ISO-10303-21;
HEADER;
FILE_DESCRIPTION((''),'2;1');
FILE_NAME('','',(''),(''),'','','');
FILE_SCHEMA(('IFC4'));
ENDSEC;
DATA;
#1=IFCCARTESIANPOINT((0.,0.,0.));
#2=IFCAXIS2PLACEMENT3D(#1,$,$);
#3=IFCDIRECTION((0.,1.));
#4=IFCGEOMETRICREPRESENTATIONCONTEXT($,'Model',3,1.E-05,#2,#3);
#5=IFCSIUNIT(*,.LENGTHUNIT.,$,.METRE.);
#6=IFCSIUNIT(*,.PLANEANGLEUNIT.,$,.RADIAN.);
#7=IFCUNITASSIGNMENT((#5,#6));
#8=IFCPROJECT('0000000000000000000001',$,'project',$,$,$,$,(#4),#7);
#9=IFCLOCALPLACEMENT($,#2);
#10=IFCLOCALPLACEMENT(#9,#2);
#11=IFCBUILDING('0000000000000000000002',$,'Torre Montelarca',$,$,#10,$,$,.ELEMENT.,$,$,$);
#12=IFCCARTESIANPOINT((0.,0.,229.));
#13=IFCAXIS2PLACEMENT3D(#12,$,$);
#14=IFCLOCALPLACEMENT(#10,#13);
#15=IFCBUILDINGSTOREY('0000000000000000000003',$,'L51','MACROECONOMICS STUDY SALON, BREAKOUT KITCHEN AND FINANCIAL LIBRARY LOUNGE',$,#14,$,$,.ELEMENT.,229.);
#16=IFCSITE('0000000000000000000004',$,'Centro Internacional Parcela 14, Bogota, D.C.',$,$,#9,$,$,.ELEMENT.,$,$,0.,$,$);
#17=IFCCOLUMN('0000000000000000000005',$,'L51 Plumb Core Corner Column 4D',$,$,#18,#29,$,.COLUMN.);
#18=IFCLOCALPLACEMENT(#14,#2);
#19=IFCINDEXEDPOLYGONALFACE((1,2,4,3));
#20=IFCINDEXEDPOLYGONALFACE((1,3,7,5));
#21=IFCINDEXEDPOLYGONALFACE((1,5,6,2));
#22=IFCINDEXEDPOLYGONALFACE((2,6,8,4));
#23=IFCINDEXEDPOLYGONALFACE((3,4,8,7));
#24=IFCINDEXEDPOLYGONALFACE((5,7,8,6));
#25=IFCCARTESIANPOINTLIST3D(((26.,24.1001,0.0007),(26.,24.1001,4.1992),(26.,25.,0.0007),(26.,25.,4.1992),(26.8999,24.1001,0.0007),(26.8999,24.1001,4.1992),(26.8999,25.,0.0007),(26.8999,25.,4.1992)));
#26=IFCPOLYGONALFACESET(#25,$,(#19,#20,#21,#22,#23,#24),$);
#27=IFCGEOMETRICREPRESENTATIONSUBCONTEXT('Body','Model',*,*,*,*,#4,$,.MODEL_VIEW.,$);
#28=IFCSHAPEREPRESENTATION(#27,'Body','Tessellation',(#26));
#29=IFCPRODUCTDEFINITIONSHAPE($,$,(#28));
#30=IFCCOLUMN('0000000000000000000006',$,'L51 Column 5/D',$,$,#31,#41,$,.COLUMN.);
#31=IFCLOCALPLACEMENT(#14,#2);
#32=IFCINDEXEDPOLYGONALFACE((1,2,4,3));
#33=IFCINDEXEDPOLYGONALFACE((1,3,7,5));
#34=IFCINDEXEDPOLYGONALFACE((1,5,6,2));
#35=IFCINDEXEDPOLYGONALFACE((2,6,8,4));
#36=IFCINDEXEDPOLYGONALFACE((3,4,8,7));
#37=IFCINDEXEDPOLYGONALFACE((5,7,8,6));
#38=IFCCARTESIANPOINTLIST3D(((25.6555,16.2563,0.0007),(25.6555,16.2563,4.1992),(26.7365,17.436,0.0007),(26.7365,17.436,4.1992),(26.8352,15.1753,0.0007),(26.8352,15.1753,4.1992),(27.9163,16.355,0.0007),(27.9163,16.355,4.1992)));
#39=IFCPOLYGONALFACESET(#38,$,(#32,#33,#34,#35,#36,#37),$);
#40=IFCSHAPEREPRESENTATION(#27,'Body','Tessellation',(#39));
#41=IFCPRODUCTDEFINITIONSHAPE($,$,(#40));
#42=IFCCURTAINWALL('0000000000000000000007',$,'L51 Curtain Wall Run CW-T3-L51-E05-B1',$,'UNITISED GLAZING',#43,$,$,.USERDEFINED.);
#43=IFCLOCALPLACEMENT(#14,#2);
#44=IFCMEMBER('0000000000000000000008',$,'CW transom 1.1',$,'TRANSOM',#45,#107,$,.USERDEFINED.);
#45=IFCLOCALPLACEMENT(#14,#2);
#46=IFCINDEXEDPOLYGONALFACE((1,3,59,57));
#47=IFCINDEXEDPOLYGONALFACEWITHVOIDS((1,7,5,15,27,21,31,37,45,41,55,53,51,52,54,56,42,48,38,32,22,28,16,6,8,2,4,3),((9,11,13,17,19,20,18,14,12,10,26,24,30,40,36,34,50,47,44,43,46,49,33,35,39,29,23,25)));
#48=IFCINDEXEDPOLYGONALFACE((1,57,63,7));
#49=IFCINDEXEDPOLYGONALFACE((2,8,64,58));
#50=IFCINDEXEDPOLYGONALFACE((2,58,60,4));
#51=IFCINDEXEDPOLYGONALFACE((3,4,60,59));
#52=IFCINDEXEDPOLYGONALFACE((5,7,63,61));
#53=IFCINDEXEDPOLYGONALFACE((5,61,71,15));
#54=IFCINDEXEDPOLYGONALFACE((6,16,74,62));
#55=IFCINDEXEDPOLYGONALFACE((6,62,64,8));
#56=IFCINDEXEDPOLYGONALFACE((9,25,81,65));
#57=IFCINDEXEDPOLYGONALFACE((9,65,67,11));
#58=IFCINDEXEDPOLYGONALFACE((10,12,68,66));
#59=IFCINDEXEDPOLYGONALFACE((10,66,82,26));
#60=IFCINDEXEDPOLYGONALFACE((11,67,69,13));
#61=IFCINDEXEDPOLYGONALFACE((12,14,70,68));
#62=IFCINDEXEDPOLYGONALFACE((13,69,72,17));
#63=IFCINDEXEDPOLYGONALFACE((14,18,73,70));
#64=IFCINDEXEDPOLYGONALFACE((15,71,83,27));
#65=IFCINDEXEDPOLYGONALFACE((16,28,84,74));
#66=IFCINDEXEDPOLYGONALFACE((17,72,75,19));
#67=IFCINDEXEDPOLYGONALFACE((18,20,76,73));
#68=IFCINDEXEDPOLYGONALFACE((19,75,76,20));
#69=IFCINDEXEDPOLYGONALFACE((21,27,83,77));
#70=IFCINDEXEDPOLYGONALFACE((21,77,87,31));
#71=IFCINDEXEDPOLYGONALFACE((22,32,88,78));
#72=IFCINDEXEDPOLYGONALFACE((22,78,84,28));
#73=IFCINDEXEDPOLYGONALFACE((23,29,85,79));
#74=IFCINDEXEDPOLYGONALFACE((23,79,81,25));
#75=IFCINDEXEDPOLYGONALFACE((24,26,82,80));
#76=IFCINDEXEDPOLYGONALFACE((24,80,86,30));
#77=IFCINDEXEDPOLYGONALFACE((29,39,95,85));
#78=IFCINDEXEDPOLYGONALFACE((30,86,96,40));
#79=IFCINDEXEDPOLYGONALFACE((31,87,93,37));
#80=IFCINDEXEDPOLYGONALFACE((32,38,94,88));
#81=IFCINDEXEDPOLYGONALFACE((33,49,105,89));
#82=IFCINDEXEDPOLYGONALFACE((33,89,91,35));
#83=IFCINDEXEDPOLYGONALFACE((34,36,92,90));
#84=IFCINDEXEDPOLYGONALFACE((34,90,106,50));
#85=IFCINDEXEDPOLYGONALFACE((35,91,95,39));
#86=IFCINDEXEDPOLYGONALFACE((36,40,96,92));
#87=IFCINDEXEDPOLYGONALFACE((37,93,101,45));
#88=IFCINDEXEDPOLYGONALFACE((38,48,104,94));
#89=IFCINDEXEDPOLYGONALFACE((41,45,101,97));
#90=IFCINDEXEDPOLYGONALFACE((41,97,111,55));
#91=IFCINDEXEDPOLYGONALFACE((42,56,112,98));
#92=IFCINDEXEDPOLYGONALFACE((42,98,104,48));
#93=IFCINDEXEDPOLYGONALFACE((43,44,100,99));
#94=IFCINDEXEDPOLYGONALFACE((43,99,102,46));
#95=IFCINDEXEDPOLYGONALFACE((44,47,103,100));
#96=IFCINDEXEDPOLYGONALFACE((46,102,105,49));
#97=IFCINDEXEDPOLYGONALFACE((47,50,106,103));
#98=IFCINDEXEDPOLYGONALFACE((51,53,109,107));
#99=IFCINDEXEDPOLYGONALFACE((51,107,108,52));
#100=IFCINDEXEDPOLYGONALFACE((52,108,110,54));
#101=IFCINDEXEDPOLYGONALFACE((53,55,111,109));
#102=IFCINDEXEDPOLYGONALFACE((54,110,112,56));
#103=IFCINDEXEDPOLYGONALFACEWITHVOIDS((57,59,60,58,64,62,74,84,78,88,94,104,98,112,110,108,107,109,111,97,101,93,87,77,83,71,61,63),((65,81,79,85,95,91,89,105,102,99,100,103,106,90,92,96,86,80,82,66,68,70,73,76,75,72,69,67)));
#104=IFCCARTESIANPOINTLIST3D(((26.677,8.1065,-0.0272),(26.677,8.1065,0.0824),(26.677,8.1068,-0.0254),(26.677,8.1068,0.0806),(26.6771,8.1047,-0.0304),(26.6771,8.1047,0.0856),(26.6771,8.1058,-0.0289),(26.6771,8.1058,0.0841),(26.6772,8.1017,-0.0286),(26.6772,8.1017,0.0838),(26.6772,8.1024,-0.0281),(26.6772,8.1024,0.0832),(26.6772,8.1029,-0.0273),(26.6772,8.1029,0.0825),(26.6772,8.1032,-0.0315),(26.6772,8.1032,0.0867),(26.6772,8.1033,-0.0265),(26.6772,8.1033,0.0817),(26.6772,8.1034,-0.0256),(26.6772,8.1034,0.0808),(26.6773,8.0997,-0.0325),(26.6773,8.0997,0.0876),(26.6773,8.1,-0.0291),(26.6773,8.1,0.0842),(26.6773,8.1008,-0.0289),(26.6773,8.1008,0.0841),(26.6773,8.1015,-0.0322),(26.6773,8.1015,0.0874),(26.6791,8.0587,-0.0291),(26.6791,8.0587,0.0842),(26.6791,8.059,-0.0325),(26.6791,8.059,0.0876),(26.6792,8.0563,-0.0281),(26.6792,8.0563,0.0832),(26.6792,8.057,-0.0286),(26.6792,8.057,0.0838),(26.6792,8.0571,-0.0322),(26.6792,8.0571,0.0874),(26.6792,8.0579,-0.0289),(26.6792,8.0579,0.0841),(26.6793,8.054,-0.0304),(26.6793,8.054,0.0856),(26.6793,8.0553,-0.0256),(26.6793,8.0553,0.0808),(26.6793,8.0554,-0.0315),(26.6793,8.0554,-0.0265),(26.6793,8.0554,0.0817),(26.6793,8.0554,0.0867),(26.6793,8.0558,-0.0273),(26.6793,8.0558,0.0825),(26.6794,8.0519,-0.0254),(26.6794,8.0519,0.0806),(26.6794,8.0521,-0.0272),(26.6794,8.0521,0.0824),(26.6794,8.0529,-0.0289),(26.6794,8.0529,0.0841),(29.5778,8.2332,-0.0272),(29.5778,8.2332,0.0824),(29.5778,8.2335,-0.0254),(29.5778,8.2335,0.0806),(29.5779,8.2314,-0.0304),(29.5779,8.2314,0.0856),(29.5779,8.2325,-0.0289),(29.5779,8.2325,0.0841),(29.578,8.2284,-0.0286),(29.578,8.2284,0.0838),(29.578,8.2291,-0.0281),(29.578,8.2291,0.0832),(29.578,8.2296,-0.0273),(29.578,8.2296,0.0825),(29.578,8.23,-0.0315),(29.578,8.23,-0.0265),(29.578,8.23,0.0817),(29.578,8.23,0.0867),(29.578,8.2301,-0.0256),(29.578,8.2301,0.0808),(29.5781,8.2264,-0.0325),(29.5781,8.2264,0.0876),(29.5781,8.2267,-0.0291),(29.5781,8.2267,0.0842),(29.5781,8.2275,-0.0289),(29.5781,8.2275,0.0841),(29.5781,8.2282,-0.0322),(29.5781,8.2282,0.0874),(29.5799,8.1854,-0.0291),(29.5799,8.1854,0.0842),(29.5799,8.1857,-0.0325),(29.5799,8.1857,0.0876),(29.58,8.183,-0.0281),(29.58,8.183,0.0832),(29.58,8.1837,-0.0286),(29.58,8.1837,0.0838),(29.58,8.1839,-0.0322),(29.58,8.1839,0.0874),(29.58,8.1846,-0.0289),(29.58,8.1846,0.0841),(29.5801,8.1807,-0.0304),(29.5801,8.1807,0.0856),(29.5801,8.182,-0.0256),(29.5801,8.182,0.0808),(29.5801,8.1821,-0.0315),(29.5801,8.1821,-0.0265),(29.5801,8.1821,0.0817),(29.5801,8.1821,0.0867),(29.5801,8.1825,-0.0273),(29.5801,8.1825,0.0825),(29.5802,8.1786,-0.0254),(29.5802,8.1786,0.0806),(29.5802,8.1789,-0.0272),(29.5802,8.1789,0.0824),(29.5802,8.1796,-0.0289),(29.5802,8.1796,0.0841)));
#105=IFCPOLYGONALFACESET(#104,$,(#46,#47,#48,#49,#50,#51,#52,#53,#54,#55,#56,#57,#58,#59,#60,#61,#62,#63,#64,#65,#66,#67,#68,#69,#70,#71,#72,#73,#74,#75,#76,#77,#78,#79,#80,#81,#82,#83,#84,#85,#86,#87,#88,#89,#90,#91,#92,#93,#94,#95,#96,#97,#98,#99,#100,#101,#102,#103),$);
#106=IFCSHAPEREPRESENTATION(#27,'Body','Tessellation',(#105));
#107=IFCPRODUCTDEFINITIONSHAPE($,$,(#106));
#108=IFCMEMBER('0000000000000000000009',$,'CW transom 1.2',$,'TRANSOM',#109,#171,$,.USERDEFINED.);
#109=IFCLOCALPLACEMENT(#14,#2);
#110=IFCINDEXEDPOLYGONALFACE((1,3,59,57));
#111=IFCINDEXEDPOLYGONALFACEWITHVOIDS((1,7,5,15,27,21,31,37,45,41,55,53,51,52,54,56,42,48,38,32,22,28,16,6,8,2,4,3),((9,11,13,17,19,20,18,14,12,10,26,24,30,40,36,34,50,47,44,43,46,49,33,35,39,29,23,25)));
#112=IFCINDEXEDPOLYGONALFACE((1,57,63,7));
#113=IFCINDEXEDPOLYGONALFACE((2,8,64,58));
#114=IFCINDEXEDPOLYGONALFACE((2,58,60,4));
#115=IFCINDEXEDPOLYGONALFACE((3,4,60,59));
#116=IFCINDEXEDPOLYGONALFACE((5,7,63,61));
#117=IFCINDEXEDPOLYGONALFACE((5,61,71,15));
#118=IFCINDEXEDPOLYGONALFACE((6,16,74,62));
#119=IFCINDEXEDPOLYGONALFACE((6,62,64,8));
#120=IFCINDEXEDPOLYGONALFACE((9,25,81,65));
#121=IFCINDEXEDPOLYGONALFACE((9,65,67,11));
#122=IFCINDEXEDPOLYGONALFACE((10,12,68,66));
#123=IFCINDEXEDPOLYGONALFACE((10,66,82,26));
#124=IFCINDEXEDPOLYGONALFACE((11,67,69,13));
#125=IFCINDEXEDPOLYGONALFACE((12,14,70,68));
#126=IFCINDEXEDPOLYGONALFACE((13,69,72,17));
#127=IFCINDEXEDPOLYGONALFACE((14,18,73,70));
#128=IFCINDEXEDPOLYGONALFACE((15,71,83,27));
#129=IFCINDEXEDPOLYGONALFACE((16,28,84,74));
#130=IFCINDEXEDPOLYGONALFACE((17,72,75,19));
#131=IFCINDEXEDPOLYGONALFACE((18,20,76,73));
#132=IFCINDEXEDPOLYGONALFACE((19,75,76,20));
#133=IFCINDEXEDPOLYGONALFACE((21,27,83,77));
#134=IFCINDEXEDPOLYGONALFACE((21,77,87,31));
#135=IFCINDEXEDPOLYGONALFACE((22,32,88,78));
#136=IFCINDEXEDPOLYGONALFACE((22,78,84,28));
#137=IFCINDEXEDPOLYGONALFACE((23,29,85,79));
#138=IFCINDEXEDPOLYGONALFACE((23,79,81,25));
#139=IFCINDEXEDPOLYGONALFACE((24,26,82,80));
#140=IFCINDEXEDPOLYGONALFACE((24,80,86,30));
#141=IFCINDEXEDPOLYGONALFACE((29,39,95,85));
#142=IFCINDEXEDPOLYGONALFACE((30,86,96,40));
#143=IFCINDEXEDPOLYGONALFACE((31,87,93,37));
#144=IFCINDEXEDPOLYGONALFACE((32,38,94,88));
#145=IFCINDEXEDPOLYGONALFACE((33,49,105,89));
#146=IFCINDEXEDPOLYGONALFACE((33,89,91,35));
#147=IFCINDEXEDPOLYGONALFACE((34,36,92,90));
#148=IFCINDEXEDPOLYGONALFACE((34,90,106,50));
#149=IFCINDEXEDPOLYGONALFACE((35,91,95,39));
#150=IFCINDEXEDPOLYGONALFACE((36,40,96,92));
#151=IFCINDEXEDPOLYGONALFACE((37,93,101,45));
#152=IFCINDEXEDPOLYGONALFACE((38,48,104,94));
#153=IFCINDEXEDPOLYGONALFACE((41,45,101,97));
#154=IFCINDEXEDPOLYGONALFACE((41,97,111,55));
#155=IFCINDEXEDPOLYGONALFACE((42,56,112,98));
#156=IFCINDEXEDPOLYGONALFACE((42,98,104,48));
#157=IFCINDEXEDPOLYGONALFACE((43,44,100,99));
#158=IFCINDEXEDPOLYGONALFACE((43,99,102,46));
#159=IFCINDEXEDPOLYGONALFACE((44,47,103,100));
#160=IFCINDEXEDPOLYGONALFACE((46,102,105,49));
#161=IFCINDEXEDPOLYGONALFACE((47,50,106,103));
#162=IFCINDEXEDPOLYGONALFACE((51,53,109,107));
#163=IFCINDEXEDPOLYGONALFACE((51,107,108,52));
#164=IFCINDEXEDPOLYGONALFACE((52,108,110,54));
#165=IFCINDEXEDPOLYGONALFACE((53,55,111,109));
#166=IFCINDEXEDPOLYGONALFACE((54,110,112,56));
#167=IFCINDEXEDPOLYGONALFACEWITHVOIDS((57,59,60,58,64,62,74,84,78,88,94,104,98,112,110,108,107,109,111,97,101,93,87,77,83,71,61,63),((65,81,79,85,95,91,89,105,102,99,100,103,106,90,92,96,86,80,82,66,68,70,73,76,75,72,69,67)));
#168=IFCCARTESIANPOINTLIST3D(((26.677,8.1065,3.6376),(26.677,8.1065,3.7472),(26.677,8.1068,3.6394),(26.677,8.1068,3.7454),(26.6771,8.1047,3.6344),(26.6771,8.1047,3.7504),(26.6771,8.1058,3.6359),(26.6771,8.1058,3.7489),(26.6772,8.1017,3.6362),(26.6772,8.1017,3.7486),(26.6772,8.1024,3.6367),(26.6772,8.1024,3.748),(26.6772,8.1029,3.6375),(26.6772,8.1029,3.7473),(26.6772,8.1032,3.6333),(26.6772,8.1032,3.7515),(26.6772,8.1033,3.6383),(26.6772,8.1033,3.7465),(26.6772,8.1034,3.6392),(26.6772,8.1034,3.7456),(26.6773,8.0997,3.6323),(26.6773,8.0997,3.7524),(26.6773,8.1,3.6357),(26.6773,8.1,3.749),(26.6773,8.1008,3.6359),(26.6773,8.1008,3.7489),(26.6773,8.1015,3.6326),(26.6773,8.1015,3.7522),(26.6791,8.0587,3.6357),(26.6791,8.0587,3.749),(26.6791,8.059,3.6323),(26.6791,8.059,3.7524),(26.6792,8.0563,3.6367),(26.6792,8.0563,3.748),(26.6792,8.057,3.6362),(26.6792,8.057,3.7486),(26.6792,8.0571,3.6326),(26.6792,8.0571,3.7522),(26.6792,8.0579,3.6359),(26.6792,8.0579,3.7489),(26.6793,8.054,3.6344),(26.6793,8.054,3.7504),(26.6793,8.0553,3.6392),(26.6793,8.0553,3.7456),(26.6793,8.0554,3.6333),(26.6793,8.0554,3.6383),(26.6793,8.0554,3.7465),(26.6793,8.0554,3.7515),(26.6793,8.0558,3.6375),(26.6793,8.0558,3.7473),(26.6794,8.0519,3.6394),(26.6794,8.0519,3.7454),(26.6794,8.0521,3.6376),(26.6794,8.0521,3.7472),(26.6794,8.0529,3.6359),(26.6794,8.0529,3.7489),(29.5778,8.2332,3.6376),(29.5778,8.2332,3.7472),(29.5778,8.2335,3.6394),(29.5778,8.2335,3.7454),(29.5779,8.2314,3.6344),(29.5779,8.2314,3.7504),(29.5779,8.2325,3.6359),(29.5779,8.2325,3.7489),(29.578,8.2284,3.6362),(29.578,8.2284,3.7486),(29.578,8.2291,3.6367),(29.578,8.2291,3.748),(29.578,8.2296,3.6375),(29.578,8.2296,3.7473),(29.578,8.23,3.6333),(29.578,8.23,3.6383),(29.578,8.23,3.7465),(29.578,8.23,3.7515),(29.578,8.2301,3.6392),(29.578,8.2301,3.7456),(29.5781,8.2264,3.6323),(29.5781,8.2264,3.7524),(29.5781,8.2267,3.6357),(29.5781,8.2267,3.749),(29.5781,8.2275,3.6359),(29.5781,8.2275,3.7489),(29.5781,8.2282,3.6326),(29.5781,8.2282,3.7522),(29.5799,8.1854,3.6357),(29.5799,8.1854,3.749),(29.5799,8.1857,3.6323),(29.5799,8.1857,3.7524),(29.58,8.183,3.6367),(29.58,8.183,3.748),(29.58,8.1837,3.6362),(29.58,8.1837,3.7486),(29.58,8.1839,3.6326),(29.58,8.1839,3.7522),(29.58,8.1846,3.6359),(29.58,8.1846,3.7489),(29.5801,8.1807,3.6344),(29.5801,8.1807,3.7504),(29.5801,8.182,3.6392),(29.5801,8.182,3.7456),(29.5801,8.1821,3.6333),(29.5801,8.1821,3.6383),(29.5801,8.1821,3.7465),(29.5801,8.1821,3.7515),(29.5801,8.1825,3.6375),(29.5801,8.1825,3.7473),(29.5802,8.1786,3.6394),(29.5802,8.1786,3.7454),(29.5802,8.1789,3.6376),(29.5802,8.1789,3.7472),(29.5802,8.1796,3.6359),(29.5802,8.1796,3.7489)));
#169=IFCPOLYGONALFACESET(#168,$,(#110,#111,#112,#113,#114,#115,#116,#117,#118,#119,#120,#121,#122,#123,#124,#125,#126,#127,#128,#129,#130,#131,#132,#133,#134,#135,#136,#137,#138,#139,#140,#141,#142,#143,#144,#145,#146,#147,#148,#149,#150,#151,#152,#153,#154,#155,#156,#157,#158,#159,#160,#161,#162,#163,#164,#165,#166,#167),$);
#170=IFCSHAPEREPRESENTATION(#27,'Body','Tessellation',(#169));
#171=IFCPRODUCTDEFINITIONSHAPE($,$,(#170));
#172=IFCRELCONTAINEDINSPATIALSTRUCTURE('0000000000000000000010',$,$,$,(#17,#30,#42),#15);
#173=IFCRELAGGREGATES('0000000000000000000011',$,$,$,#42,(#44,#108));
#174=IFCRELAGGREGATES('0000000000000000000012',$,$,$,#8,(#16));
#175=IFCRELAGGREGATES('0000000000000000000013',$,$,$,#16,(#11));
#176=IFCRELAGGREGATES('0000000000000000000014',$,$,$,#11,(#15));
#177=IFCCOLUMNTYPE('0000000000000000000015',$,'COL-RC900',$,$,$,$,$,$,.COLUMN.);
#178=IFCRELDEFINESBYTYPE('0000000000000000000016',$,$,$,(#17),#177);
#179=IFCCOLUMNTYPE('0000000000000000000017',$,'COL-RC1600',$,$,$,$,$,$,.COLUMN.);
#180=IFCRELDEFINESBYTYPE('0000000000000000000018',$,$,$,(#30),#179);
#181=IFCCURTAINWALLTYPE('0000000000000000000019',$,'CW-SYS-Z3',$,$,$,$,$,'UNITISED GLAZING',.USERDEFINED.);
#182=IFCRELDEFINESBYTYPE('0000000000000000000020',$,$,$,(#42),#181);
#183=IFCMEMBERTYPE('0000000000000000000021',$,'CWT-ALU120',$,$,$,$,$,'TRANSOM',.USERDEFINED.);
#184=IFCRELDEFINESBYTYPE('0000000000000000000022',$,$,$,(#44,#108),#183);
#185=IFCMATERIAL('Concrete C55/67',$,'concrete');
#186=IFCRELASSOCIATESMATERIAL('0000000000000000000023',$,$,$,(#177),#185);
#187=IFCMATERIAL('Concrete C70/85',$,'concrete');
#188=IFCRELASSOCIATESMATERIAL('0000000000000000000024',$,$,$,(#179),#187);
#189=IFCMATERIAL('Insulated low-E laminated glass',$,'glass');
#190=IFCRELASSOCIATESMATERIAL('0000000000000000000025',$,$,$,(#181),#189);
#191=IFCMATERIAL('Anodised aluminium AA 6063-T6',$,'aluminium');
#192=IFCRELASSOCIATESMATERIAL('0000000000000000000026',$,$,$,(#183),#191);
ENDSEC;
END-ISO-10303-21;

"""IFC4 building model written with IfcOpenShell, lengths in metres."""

from ifc_helpers import new_model, si_unit, direction, frame, origin, origin_2d, place, context, subcontext, project, spatial, rectangle, hollow_rectangle, extrude, source, transform, mapped, material, material_profile, profile_set, type_object, element, aggregate, save


model = new_model("IFC4")

# Units and contexts
model_context = context("Model", 3, precision=1e-05, world=origin(), true_north=direction((0.0, 1.0)))
body_context = subcontext(model_context, "Body", "Model", "MODEL_VIEW")
ifc_project = project(units=[si_unit("LENGTHUNIT", "METRE"), si_unit("PLANEANGLEUNIT", "RADIAN")], contexts=[model_context])

# Site, building, storey
site_placement = place(None, origin())
site = spatial("IfcSite", under=ifc_project, at=site_placement, Name="Centro Internacional Parcela 14, Bogota, D.C.", CompositionType="ELEMENT", RefElevation=0.0)
building_placement = place(site_placement, origin())
building = spatial("IfcBuilding", under=site, at=building_placement, Name="Torre Montelarca", CompositionType="ELEMENT")
storey_placement = place(building_placement, frame((0.0, 0.0, 229.0)))
storey = spatial("IfcBuildingStorey", under=building, at=storey_placement, Name="L51", Description="MACROECONOMICS STUDY SALON, BREAKOUT KITCHEN AND FINANCIAL LIBRARY LOUNGE", CompositionType="ELEMENT", Elevation=229.0)

# Columns
ifc_material_1 = material(Name="Concrete C55/67", Category="concrete")
ifc_material_profile_1 = material_profile(ifc_material_1, rectangle(XDim=0.8999, YDim=0.8999, at=origin_2d()), Name="RC900X900", Category="concrete")
ifc_profile_set_1 = profile_set([ifc_material_profile_1], Name="Concrete C55/67")
column_type_1 = type_object("IfcColumnType", Name="COL-RC900", PredefinedType="COLUMN", material=ifc_profile_set_1)
shared_shape_1 = source(origin(), body_context, "Body", "SweptSolid", [
    extrude(rectangle(XDim=0.8999, YDim=0.8999, at=origin_2d()), origin(), (0.0, 0.0, 1.0), 4.1985),
])
column_1_placement = place(storey_placement, frame((26.45, 24.55, 0.0007), z_axis=(0.0, 0.0, 1.0), x_axis=(1.0, 0.0, 0.0)))
element("IfcColumn", 1, at=column_1_placement, inside=storey, type_object=column_type_1, Name="L51 Plumb Core Corner Column 4D", PredefinedType="COLUMN", context=body_context, shape_type="MappedRepresentation", body=[
    mapped(shared_shape_1, transform((0.0, 0.0, 0.0), scale=1.0)),
])
ifc_material_2 = material(Name="Concrete C70/85", Category="concrete")
ifc_material_profile_2 = material_profile(ifc_material_2, rectangle(XDim=1.6001, YDim=1.6001, at=origin_2d()), Name="RC1600X1600", Category="concrete")
ifc_profile_set_2 = profile_set([ifc_material_profile_2], Name="Concrete C70/85")
column_type_2 = type_object("IfcColumnType", Name="COL-RC1600", PredefinedType="COLUMN", material=ifc_profile_set_2)
shared_shape_2 = source(origin(), body_context, "Body", "SweptSolid", [
    extrude(rectangle(XDim=1.6001, YDim=1.6001, at=origin_2d()), origin(), (0.0, 0.0, 1.0), 4.1985),
])
column_2_placement = place(storey_placement, frame((26.7859, 16.3057, 0.0007), z_axis=(0.0, 0.0, 1.0), x_axis=(-0.737277, 0.67559, 0.0)))
element("IfcColumn", 2, at=column_2_placement, inside=storey, type_object=column_type_2, Name="L51 Column 5/D", PredefinedType="COLUMN", context=body_context, shape_type="MappedRepresentation", body=[
    mapped(shared_shape_2, transform((0.0, 0.0, 0.0), scale=1.0)),
])

# Curtain wall, members
ifc_material_3 = material(Name="Insulated low-E laminated glass", Category="glass")
curtain_wall_type = type_object("IfcCurtainWallType", Name="CW-SYS-Z3", ElementType="UNITISED GLAZING", PredefinedType="USERDEFINED", material=ifc_material_3)
curtain_wall_1_placement = place(storey_placement, origin())
curtain_wall_1 = element("IfcCurtainWall", 3, at=curtain_wall_1_placement, inside=storey, type_object=curtain_wall_type, Name="L51 Curtain Wall Run CW-T3-L51-E05-B1", ObjectType="UNITISED GLAZING", PredefinedType="USERDEFINED")
ifc_material_4 = material(Name="Anodised aluminium AA 6063-T6", Category="aluminium")
ifc_material_profile_3 = material_profile(ifc_material_4, hollow_rectangle(XDim=0.0549, YDim=0.1201, WallThickness=0.0034, InnerFilletRadius=0.0034, OuterFilletRadius=0.0071, at=origin_2d()), Name="ALU55X120X3.5", Category="aluminium")
ifc_profile_set_3 = profile_set([ifc_material_profile_3], Name="Anodised aluminium AA 6063-T6")
member_type_1 = type_object("IfcMemberType", Name="CWT-ALU120", ElementType="TRANSOM", PredefinedType="USERDEFINED", material=ifc_profile_set_3)
shared_shape_3 = source(origin(), body_context, "Body", "SweptSolid", [
    extrude(hollow_rectangle(XDim=0.0549, YDim=0.1201, WallThickness=0.0034, InnerFilletRadius=0.0034, OuterFilletRadius=0.0071, at=origin_2d()), origin(), (0.0, 0.0, 1.0), 2.9036),
])
member_1_placement = place(storey_placement, frame((26.6782, 8.0793, 0.0276), z_axis=(0.999047, 0.043638, 0.0), x_axis=(-0.043638, 0.999047, 0.0)))
member_1 = element("IfcMember", 4, at=member_1_placement, type_object=member_type_1, Name="CW transom 1.1", ObjectType="TRANSOM", PredefinedType="USERDEFINED", context=body_context, shape_type="MappedRepresentation", body=[
    mapped(shared_shape_3, transform((0.0, 0.0, 0.0), scale=1.0)),
])
member_2_placement = place(storey_placement, frame((26.6782, 8.0793, 3.6924), z_axis=(0.999047, 0.043638, 0.0), x_axis=(-0.043638, 0.999047, 0.0)))
member_2 = element("IfcMember", 5, at=member_2_placement, type_object=member_type_1, Name="CW transom 1.2", ObjectType="TRANSOM", PredefinedType="USERDEFINED", context=body_context, shape_type="MappedRepresentation", body=[
    mapped(shared_shape_3, transform((0.0, 0.0, 0.0), scale=1.0)),
])

aggregate(curtain_wall_1, [member_1, member_2])

save(model, "model.ifc")
